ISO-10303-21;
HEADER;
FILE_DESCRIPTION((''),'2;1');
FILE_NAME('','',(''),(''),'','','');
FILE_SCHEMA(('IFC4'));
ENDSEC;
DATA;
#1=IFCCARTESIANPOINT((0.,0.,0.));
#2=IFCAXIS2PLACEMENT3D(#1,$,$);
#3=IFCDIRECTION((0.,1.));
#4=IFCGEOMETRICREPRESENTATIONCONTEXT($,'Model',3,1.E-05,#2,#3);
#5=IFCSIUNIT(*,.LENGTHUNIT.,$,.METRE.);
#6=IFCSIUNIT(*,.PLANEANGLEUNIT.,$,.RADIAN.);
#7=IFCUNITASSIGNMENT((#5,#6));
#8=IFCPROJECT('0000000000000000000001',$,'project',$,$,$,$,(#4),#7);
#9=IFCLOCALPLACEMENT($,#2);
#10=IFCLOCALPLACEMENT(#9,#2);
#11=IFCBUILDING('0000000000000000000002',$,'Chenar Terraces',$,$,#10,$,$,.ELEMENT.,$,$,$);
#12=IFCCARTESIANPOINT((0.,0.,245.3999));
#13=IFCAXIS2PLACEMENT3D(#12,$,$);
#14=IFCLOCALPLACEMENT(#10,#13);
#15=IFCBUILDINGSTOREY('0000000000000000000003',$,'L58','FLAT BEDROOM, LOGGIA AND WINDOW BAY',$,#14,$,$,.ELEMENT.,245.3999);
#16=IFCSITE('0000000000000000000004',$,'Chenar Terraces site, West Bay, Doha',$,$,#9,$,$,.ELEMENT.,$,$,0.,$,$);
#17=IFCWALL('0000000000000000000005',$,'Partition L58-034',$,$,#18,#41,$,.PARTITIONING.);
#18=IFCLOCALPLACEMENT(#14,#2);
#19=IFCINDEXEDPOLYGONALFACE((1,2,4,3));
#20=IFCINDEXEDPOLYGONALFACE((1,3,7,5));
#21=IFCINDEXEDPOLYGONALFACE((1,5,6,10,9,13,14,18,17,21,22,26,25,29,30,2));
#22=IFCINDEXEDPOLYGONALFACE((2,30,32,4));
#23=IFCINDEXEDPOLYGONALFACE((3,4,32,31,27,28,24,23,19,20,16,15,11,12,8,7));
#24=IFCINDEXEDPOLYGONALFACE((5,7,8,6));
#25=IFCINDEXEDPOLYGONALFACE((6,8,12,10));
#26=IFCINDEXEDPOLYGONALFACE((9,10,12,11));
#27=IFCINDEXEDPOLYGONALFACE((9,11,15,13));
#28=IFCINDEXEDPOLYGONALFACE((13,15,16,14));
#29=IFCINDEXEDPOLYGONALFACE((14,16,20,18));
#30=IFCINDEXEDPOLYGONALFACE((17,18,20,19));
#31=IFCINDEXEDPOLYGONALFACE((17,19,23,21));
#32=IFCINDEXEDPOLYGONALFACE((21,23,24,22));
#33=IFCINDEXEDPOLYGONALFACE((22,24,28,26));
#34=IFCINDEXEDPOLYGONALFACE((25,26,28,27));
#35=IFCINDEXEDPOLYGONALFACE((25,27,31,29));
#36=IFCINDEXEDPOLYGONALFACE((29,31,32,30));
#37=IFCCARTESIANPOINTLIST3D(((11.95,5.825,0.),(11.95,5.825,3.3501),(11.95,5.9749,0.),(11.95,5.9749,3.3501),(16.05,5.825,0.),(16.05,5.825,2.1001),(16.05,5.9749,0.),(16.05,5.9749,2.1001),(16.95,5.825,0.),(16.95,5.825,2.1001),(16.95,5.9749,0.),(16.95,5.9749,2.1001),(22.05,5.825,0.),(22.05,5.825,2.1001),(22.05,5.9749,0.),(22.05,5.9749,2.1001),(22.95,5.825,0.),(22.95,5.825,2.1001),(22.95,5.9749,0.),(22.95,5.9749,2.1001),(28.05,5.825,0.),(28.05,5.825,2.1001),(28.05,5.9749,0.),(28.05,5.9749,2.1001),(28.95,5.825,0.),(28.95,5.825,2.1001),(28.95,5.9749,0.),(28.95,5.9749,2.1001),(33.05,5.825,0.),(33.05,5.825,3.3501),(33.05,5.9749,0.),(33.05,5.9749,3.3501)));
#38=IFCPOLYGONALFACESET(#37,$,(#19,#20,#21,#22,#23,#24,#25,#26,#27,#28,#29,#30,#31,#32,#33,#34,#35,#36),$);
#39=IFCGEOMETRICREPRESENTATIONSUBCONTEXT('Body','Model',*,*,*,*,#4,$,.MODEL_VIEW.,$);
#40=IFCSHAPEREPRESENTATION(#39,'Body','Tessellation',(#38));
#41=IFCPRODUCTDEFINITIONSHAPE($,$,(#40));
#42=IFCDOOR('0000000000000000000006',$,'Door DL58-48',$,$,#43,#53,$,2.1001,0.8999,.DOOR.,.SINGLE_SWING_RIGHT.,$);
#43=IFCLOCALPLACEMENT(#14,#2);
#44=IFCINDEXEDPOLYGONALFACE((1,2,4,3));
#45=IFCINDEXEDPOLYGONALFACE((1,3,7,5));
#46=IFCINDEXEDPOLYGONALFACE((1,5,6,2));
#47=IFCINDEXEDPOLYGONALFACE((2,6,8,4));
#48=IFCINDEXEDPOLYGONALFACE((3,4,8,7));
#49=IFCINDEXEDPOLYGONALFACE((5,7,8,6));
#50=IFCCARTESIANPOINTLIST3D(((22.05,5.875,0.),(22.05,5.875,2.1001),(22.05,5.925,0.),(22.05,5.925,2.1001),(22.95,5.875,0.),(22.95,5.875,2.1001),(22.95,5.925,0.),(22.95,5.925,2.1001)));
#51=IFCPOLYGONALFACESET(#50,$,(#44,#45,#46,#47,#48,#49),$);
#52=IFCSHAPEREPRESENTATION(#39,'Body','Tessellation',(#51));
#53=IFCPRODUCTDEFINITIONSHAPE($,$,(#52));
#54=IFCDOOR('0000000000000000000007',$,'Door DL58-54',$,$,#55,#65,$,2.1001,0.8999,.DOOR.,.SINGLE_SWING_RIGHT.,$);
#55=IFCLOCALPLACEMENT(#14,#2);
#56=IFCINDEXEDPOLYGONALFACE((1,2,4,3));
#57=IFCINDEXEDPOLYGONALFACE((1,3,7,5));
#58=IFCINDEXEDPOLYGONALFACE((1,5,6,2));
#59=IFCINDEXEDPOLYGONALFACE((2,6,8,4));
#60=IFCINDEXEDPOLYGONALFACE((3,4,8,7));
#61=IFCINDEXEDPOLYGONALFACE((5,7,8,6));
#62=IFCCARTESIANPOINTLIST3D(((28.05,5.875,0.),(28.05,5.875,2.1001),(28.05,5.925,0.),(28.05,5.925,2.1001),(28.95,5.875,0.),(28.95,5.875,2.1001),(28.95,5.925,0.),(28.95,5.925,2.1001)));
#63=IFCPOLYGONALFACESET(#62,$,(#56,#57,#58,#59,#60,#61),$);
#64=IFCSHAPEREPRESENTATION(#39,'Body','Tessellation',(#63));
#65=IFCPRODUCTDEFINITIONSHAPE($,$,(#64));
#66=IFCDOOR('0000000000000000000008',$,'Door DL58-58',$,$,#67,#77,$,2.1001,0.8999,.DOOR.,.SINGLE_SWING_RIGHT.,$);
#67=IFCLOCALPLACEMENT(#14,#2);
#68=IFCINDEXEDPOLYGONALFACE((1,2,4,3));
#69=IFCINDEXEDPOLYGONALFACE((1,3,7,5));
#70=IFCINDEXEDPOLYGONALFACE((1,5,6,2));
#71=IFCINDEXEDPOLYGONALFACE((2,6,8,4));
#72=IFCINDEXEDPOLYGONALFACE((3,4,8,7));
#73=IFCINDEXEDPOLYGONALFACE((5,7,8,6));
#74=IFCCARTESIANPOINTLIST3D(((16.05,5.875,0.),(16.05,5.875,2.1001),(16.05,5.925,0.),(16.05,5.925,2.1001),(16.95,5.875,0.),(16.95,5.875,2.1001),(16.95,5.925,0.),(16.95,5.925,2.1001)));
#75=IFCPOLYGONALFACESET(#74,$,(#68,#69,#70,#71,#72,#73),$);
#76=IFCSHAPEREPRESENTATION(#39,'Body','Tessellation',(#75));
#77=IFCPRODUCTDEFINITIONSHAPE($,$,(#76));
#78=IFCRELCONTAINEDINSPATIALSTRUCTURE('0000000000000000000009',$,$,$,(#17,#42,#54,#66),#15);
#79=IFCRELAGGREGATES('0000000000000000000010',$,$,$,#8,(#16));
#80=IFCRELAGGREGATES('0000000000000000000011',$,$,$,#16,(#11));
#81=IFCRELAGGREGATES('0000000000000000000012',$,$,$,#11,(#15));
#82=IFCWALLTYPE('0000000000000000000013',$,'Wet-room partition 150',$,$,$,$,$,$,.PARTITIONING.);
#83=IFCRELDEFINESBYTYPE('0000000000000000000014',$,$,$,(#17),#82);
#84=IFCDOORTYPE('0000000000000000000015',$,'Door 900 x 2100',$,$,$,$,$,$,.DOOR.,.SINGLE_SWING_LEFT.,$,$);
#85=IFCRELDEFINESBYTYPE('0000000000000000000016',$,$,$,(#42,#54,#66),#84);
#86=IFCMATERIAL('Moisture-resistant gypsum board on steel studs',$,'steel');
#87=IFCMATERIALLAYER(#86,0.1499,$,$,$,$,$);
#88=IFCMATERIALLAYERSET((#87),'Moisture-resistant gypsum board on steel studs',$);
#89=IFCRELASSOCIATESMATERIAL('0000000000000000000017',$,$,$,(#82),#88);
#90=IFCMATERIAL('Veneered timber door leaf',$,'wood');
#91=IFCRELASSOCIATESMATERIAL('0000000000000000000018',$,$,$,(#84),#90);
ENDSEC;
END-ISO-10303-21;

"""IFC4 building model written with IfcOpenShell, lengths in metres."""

from ifc_helpers import new_model, si_unit, direction, frame, frame_2d, origin, place, context, subcontext, project, spatial, rectangle, extrude, material, layer, layer_set, type_object, element, fill, save


model = new_model("IFC4")

# Units and contexts
model_context = context("Model", 3, precision=1e-05, world=origin(), true_north=direction((0.0, 1.0)))
body_context = subcontext(model_context, "Body", "Model", "MODEL_VIEW")
ifc_project = project(units=[si_unit("LENGTHUNIT", "METRE"), si_unit("PLANEANGLEUNIT", "RADIAN")], contexts=[model_context])

# Site, building, storey
site_placement = place(None, origin())
site = spatial("IfcSite", under=ifc_project, at=site_placement, Name="Chenar Terraces site, West Bay, Doha", CompositionType="ELEMENT", RefElevation=0.0)
building_placement = place(site_placement, origin())
building = spatial("IfcBuilding", under=site, at=building_placement, Name="Chenar Terraces", CompositionType="ELEMENT")
storey_placement = place(building_placement, frame((0.0, 0.0, 245.3999)))
storey = spatial("IfcBuildingStorey", under=building, at=storey_placement, Name="L58", Description="FLAT BEDROOM, LOGGIA AND WINDOW BAY", CompositionType="ELEMENT", Elevation=245.3999)

# Wall, openings, doors
ifc_material_1 = material(Name="Moisture-resistant gypsum board on steel studs", Category="steel")
ifc_layer_1 = layer(ifc_material_1, 0.1499)
ifc_layer_set_1 = layer_set([ifc_layer_1], Name="Moisture-resistant gypsum board on steel studs")
wall_type_1 = type_object("IfcWallType", Name="Wet-room partition 150", PredefinedType="PARTITIONING", material=ifc_layer_set_1)
wall_1_placement = place(storey_placement, frame((11.95, 5.8999, 0.0), z_axis=(0.0, 0.0, 1.0), x_axis=(1.0, 0.0, 0.0)))
wall_1 = element("IfcWall", 1, at=wall_1_placement, inside=storey, type_object=wall_type_1, Name="Partition L58-034", PredefinedType="PARTITIONING", context=body_context, shape_type="SweptSolid", body=[
    extrude(rectangle(XDim=21.1001, YDim=0.1499, at=frame_2d((10.55, 0.0))), origin(), (0.0, 0.0, 1.0), 3.3501),
])
opening_1_placement = place(wall_1_placement, frame((10.1001, 0.0, 0.0)))
opening_1 = element("IfcOpeningElement", 2, at=opening_1_placement, cuts=wall_1, PredefinedType="OPENING", context=body_context, shape_type="SweptSolid", body=[
    extrude(rectangle(XDim=0.8999, YDim=2.1001, at=frame_2d((0.45, 1.05))), frame((0.0, 0.085, 0.0), z_axis=(0.0, -1.0, 0.0), x_axis=(1.0, 0.0, 0.0)), (0.0, 0.0, 1.0), 0.1699),
])
opening_2_placement = place(wall_1_placement, frame((16.1001, 0.0, 0.0)))
opening_2 = element("IfcOpeningElement", 3, at=opening_2_placement, cuts=wall_1, PredefinedType="OPENING", context=body_context, shape_type="SweptSolid", body=[
    extrude(rectangle(XDim=0.8999, YDim=2.1001, at=frame_2d((0.45, 1.05))), frame((0.0, 0.085, 0.0), z_axis=(0.0, -1.0, 0.0), x_axis=(1.0, 0.0, 0.0)), (0.0, 0.0, 1.0), 0.1699),
])
opening_3_placement = place(wall_1_placement, frame((4.1001, 0.0, 0.0)))
opening_3 = element("IfcOpeningElement", 4, at=opening_3_placement, cuts=wall_1, PredefinedType="OPENING", context=body_context, shape_type="SweptSolid", body=[
    extrude(rectangle(XDim=0.8999, YDim=2.1001, at=frame_2d((0.45, 1.05))), frame((0.0, 0.085, 0.0), z_axis=(0.0, -1.0, 0.0), x_axis=(1.0, 0.0, 0.0)), (0.0, 0.0, 1.0), 0.1699),
])
ifc_material_2 = material(Name="Veneered timber door leaf", Category="wood")
door_type_1 = type_object("IfcDoorType", Name="Door 900 x 2100", OperationType="SINGLE_SWING_LEFT", PredefinedType="DOOR", material=ifc_material_2)
door_1_placement = place(opening_1_placement, frame((0.8999, 0.0, 0.0), z_axis=(0.0, 0.0, 1.0), x_axis=(-1.0, 0.0, 0.0)))
door_1 = element("IfcDoor", 5, at=door_1_placement, inside=storey, type_object=door_type_1, Name="Door DL58-48", OperationType="SINGLE_SWING_RIGHT", OverallHeight=2.1001, OverallWidth=0.8999, PredefinedType="DOOR", context=body_context, shape_type="SweptSolid", body=[
    extrude(rectangle(XDim=0.8999, YDim=2.1001, at=frame_2d((0.45, 1.05))), frame((0.0, 0.0249, 0.0), z_axis=(0.0, -1.0, 0.0), x_axis=(1.0, 0.0, 0.0)), (0.0, 0.0, 1.0), 0.05),
])
fill(opening_1, door_1)
door_2_placement = place(opening_2_placement, frame((0.8999, 0.0, 0.0), z_axis=(0.0, 0.0, 1.0), x_axis=(-1.0, 0.0, 0.0)))
door_2 = element("IfcDoor", 6, at=door_2_placement, inside=storey, type_object=door_type_1, Name="Door DL58-54", OperationType="SINGLE_SWING_RIGHT", OverallHeight=2.1001, OverallWidth=0.8999, PredefinedType="DOOR", context=body_context, shape_type="SweptSolid", body=[
    extrude(rectangle(XDim=0.8999, YDim=2.1001, at=frame_2d((0.45, 1.05))), frame((0.0, 0.0249, 0.0), z_axis=(0.0, -1.0, 0.0), x_axis=(1.0, 0.0, 0.0)), (0.0, 0.0, 1.0), 0.05),
])
fill(opening_2, door_2)
door_3_placement = place(opening_3_placement, frame((0.8999, 0.0, 0.0), z_axis=(0.0, 0.0, 1.0), x_axis=(-1.0, 0.0, 0.0)))
door_3 = element("IfcDoor", 7, at=door_3_placement, inside=storey, type_object=door_type_1, Name="Door DL58-58", OperationType="SINGLE_SWING_RIGHT", OverallHeight=2.1001, OverallWidth=0.8999, PredefinedType="DOOR", context=body_context, shape_type="SweptSolid", body=[
    extrude(rectangle(XDim=0.8999, YDim=2.1001, at=frame_2d((0.45, 1.05))), frame((0.0, 0.0249, 0.0), z_axis=(0.0, -1.0, 0.0), x_axis=(1.0, 0.0, 0.0)), (0.0, 0.0, 1.0), 0.05),
])
fill(opening_3, door_3)

save(model, "model.ifc")
